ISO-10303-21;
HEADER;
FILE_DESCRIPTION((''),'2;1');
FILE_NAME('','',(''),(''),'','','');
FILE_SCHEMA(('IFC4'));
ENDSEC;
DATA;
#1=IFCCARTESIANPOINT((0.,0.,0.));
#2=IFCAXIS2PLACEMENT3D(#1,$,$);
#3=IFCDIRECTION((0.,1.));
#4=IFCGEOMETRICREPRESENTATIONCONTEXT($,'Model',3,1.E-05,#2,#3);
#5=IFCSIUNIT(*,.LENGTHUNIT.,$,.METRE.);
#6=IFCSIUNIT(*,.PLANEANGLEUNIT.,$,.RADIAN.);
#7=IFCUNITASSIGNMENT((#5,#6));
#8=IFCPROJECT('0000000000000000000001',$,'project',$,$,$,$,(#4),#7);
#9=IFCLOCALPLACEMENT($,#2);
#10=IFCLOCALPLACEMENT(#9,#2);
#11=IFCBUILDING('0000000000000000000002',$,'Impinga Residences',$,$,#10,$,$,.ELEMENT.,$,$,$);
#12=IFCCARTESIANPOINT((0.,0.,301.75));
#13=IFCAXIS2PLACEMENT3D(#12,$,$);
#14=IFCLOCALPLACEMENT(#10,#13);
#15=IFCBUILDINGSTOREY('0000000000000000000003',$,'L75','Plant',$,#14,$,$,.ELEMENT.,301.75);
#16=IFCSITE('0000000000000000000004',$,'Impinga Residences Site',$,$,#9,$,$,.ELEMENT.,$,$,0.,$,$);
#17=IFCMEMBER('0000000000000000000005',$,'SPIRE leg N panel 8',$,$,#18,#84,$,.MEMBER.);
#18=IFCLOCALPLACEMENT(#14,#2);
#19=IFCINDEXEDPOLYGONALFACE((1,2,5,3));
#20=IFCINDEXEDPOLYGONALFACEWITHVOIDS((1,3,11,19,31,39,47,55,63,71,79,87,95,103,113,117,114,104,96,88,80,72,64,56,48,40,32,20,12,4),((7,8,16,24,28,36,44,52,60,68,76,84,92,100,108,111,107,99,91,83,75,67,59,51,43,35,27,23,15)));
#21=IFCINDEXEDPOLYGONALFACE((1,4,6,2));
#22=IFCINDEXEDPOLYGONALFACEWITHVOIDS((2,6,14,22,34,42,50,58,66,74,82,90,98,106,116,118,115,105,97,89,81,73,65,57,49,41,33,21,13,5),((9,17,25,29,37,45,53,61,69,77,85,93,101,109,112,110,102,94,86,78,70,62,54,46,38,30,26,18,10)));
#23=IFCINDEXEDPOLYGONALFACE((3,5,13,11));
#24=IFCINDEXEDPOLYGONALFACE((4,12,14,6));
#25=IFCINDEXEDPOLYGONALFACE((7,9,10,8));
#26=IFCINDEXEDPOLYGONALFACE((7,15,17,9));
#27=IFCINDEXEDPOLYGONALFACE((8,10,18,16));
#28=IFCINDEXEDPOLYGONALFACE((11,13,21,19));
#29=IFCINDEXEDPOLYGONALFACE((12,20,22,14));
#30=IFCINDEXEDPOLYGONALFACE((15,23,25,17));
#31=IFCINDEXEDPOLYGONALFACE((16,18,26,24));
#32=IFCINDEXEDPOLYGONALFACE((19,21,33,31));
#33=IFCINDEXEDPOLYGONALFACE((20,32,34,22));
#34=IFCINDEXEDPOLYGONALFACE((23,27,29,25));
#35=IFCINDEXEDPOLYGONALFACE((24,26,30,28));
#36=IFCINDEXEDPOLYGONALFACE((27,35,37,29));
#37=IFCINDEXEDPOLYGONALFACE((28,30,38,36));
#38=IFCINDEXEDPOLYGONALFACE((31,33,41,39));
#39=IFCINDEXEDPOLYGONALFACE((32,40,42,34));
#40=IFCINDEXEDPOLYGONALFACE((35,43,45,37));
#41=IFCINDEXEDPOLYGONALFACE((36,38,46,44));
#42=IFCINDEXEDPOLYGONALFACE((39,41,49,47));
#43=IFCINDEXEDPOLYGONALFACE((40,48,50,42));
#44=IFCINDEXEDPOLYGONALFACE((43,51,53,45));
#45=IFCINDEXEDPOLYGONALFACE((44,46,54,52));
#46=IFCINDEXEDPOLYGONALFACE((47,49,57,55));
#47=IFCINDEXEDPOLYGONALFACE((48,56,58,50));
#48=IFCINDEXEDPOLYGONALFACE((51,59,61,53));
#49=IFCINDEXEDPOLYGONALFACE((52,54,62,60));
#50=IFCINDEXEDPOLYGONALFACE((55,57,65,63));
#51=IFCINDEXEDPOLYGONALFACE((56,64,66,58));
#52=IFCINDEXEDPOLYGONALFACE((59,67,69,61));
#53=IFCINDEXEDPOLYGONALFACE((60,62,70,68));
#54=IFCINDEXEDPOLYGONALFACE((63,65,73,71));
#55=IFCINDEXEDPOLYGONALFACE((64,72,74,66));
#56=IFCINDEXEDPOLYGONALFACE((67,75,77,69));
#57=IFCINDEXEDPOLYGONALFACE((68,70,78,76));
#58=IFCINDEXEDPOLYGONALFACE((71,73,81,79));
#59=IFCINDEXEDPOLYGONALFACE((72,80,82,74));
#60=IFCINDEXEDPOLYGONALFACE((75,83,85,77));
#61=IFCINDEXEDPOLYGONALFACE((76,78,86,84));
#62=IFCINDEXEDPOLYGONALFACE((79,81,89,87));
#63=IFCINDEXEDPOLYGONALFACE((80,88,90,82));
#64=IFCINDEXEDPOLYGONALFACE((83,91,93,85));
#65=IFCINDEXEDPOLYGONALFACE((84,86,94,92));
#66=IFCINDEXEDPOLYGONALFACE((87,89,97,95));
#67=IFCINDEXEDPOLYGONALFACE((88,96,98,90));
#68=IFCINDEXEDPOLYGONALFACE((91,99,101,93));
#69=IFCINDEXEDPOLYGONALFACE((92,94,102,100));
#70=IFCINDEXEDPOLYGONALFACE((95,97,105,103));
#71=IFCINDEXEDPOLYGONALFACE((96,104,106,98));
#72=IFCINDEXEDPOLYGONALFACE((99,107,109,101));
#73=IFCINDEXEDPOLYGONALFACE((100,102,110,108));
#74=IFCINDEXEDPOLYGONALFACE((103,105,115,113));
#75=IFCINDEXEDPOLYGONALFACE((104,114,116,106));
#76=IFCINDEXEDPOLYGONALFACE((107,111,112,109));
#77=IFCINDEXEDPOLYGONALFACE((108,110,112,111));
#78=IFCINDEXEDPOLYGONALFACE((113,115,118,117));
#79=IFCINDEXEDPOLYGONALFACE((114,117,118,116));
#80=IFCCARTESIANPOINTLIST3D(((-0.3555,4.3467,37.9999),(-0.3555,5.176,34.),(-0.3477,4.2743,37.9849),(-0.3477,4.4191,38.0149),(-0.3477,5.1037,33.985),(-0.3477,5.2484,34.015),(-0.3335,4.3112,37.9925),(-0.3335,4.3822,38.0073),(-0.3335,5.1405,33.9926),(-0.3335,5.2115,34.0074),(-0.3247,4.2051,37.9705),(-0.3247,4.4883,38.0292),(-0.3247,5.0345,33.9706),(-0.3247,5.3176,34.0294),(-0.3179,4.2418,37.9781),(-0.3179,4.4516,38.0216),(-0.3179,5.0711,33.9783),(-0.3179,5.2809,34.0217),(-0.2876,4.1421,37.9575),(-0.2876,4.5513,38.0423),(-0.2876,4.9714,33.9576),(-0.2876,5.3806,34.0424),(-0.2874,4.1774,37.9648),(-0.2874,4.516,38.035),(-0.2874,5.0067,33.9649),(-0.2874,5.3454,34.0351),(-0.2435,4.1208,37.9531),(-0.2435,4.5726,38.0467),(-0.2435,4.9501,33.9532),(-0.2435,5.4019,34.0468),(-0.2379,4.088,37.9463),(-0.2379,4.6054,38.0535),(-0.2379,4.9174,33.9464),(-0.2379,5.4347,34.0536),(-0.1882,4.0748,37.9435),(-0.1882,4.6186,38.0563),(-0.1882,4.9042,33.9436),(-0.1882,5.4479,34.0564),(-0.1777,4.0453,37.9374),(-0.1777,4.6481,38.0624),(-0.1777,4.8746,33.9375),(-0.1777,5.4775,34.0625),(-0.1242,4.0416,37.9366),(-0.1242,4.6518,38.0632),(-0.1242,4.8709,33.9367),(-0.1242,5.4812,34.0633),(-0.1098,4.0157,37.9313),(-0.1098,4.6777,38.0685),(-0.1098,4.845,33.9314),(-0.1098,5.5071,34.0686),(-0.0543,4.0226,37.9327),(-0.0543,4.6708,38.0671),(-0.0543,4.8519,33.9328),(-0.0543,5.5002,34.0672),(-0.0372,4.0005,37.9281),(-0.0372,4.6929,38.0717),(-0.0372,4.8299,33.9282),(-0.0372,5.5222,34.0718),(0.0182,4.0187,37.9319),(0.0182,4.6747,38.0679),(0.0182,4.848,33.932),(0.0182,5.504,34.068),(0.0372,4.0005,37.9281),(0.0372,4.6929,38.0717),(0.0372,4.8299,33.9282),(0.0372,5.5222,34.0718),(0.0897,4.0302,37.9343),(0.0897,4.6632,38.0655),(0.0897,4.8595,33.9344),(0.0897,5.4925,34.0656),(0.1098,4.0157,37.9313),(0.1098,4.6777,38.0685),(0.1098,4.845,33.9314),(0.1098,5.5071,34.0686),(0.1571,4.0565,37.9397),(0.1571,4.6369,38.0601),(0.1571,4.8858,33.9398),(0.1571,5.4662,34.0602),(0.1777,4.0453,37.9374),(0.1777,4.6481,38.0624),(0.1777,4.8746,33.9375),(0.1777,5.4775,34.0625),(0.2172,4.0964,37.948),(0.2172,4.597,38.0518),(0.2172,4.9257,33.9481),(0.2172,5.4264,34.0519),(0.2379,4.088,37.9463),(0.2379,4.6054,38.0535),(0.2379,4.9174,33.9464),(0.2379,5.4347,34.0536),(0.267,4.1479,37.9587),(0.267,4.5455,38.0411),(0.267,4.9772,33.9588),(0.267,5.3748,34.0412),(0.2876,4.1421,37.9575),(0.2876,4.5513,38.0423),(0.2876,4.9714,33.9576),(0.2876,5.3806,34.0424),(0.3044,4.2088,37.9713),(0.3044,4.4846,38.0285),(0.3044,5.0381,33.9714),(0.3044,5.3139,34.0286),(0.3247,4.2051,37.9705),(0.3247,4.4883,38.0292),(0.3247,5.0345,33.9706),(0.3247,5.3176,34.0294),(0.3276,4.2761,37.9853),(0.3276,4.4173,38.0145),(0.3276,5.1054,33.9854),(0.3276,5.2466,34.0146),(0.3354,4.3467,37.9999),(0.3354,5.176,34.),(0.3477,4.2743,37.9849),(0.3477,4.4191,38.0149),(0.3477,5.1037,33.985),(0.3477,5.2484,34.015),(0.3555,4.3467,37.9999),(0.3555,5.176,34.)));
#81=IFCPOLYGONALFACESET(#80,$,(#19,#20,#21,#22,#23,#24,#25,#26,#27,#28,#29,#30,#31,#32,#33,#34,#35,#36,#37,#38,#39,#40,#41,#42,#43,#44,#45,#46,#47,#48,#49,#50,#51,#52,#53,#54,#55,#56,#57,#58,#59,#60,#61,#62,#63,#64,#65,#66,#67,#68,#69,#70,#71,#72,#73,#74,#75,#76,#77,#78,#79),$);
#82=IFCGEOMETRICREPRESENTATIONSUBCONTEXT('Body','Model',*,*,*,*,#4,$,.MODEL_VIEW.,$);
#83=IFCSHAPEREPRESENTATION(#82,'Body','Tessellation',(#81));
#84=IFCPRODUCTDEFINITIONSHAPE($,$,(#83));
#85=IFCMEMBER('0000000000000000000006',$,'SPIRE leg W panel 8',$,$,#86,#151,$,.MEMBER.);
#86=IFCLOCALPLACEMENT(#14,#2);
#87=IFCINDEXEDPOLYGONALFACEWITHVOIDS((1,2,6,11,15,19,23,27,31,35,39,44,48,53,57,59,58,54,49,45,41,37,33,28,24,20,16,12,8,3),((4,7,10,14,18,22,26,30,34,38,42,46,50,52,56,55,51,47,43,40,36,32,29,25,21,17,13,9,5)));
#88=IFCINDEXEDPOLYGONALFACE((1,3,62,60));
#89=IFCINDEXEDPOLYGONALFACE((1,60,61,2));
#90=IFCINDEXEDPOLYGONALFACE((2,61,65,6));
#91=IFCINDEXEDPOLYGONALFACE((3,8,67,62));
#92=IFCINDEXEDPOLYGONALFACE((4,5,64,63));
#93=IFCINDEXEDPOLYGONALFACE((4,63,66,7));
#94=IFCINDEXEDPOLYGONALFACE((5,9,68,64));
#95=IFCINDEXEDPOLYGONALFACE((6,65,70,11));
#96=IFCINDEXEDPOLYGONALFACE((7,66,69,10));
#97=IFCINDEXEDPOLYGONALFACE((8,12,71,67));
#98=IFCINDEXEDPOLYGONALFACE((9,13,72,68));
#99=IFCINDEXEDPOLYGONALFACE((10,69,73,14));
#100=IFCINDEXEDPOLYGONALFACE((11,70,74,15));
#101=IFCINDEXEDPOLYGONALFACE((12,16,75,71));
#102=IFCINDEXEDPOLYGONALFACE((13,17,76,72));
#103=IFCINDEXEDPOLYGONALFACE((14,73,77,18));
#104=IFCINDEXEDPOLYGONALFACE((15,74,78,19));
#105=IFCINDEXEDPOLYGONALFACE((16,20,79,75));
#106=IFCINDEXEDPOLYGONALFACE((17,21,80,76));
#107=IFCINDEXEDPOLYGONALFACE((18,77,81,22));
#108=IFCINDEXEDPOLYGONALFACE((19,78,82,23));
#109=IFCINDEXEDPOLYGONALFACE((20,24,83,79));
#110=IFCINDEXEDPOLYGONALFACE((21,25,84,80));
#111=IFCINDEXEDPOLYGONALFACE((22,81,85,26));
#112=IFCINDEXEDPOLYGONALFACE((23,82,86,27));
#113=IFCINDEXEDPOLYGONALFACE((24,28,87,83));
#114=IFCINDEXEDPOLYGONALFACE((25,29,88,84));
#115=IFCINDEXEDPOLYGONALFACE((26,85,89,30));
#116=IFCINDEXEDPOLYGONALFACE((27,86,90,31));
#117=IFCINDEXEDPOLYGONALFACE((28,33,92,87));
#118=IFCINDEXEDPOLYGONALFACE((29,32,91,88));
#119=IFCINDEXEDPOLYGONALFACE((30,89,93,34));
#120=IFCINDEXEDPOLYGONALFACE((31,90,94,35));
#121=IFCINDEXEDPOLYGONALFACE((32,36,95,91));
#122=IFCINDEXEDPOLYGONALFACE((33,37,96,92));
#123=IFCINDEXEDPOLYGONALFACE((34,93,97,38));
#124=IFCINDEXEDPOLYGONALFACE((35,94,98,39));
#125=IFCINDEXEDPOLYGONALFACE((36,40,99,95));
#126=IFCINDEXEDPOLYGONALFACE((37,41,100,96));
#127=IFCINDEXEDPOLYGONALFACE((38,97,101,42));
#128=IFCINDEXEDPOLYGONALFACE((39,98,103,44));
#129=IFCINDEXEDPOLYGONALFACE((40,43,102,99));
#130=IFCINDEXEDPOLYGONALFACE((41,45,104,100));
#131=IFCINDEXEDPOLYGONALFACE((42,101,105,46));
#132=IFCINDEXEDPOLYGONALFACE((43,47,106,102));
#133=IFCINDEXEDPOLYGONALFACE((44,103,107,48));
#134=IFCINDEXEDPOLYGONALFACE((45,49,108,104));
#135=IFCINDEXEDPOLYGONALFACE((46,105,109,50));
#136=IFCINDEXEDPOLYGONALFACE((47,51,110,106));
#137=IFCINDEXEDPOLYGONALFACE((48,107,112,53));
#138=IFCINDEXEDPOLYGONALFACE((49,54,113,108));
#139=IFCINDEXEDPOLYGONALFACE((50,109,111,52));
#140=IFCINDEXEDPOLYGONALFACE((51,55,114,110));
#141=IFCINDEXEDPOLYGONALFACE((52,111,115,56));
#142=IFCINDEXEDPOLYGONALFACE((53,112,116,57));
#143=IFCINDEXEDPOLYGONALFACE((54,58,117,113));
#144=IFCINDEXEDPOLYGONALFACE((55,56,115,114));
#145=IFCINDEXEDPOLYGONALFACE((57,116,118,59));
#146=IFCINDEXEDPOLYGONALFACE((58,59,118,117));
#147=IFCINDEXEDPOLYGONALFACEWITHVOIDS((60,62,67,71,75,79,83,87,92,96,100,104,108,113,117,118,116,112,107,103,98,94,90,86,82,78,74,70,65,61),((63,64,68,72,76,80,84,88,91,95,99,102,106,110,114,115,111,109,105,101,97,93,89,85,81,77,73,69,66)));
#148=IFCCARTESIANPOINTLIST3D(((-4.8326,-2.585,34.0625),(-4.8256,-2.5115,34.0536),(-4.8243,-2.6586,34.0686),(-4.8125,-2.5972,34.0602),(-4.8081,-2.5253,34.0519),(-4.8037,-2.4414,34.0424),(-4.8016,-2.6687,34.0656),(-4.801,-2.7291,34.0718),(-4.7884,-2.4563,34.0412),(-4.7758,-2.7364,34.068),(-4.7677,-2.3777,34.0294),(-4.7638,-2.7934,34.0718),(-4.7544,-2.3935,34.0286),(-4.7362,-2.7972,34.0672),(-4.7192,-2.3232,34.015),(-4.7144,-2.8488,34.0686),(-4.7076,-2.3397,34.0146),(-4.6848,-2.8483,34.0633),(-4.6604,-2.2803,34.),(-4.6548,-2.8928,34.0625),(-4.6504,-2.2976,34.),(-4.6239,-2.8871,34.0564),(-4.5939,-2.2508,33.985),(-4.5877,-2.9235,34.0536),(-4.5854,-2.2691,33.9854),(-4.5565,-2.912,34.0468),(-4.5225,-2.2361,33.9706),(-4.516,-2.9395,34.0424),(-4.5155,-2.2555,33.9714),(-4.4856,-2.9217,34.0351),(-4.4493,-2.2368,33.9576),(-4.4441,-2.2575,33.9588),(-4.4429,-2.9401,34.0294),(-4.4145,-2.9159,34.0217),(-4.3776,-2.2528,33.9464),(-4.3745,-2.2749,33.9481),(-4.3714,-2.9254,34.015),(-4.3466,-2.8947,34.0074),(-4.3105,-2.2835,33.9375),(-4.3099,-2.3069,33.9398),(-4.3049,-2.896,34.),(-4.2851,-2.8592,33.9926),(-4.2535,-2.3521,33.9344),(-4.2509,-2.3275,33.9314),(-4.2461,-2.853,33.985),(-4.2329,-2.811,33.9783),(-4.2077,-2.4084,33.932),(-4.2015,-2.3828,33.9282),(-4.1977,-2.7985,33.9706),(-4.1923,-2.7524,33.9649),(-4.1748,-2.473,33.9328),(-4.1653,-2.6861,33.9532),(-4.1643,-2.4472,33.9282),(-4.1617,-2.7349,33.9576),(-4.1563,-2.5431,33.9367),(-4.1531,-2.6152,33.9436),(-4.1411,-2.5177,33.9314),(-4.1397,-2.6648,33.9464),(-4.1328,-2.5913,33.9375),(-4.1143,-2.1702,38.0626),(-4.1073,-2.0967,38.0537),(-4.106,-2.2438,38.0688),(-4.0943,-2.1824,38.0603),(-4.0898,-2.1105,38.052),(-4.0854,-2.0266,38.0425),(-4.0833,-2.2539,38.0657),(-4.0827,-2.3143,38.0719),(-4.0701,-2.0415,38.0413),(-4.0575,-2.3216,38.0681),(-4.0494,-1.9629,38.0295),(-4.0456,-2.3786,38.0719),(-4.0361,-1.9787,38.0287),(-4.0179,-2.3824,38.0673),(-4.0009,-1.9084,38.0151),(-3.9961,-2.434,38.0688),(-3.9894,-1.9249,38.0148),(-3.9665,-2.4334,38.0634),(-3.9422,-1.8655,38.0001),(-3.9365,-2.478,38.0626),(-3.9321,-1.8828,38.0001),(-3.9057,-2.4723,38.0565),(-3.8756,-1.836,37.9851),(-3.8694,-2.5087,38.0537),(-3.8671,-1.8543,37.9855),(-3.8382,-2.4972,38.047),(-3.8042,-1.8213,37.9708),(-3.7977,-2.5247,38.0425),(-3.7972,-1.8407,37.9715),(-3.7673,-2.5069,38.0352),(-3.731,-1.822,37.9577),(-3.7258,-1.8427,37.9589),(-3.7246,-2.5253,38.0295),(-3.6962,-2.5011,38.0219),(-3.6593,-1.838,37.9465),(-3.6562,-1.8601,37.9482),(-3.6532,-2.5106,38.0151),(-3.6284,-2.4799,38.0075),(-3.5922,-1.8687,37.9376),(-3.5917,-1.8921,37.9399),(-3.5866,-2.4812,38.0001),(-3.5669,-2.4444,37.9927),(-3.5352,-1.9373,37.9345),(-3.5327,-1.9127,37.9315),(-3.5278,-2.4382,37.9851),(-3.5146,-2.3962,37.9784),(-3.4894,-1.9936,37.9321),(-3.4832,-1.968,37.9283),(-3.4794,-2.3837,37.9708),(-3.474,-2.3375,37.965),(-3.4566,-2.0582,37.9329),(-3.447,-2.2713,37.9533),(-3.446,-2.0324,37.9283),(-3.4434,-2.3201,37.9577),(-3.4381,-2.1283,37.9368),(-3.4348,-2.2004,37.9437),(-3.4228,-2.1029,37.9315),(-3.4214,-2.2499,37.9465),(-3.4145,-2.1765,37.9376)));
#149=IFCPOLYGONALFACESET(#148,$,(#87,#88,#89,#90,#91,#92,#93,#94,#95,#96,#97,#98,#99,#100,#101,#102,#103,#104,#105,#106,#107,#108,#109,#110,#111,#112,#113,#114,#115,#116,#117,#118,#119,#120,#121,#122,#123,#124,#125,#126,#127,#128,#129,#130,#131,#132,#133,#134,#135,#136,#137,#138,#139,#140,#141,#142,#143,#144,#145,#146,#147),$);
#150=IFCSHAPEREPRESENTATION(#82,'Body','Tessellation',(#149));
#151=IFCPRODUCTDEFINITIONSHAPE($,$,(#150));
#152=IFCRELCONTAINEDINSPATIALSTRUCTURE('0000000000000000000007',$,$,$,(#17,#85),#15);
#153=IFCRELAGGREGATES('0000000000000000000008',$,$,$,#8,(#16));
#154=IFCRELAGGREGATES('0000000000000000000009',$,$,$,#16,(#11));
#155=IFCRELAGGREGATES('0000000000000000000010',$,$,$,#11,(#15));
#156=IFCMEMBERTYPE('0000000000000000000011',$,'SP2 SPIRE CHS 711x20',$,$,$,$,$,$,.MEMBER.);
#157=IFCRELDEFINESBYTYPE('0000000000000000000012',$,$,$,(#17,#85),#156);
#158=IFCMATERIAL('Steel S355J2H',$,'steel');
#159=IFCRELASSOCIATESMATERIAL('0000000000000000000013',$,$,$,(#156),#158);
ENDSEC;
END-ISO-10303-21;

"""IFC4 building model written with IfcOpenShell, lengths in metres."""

from ifc_helpers import new_model, si_unit, direction, frame, origin, origin_2d, place, context, subcontext, project, spatial, hollow_circle, extrude, material, material_profile, profile_set, type_object, element, save


model = new_model("IFC4")

# Units and contexts
model_context = context("Model", 3, precision=1e-05, world=origin(), true_north=direction((0.0, 1.0)))
body_context = subcontext(model_context, "Body", "Model", "MODEL_VIEW")
ifc_project = project(units=[si_unit("LENGTHUNIT", "METRE"), si_unit("PLANEANGLEUNIT", "RADIAN")], contexts=[model_context])

# Site, building, storey
site_placement = place(None, origin())
site = spatial("IfcSite", under=ifc_project, at=site_placement, Name="Impinga Residences Site", CompositionType="ELEMENT", RefElevation=0.0)
building_placement = place(site_placement, origin())
building = spatial("IfcBuilding", under=site, at=building_placement, Name="Impinga Residences", CompositionType="ELEMENT")
storey_placement = place(building_placement, frame((0.0, 0.0, 301.75)))
storey = spatial("IfcBuildingStorey", under=building, at=storey_placement, Name="L75", Description="Plant", CompositionType="ELEMENT", Elevation=301.75)

# Members
ifc_material = material(Name="Steel S355J2H", Category="steel")
ifc_material_profile_1 = material_profile(ifc_material, hollow_circle(Radius=0.3555, WallThickness=0.02, at=origin_2d()), Name="CHS 711x20")
ifc_profile_set_1 = profile_set([ifc_material_profile_1], Name="Steel S355J2H")
member_type_1 = type_object("IfcMemberType", Name="SP2 SPIRE CHS 711x20", PredefinedType="MEMBER", material=ifc_profile_set_1)
for number, where, z_axis, x_axis, name in (
    (1, (0.0, 5.176, 34.0), (0.0, -0.203019, 0.979175), (1.0, 0.0, 0.0), "SPIRE leg N panel 8"),
):
    element("IfcMember", number, at=place(storey_placement, frame(where, z_axis=z_axis, x_axis=x_axis)), inside=storey, type_object=member_type_1, Name=name, PredefinedType="MEMBER", context=body_context, shape_type="SweptSolid", body=[
        extrude(hollow_circle(Radius=0.3555, WallThickness=0.02, at=origin_2d()), origin(), (0.0, 0.0, 1.0), 4.085),
    ])
for number, where, z_axis, x_axis, name in (
    (2, (-4.4827, -2.5881, 34.0), (0.175825, 0.101539, 0.979171), (-0.500096, 0.86597, 0.0), "SPIRE leg W panel 8"),
):
    element("IfcMember", number, at=place(storey_placement, frame(where, z_axis=z_axis, x_axis=x_axis)), inside=storey, type_object=member_type_1, Name=name, PredefinedType="MEMBER", context=body_context, shape_type="SweptSolid", body=[
        extrude(hollow_circle(Radius=0.3555, WallThickness=0.02, at=origin_2d()), origin(), (0.0, 0.0, 1.0), 4.0852),
    ])

save(model, "model.ifc")
